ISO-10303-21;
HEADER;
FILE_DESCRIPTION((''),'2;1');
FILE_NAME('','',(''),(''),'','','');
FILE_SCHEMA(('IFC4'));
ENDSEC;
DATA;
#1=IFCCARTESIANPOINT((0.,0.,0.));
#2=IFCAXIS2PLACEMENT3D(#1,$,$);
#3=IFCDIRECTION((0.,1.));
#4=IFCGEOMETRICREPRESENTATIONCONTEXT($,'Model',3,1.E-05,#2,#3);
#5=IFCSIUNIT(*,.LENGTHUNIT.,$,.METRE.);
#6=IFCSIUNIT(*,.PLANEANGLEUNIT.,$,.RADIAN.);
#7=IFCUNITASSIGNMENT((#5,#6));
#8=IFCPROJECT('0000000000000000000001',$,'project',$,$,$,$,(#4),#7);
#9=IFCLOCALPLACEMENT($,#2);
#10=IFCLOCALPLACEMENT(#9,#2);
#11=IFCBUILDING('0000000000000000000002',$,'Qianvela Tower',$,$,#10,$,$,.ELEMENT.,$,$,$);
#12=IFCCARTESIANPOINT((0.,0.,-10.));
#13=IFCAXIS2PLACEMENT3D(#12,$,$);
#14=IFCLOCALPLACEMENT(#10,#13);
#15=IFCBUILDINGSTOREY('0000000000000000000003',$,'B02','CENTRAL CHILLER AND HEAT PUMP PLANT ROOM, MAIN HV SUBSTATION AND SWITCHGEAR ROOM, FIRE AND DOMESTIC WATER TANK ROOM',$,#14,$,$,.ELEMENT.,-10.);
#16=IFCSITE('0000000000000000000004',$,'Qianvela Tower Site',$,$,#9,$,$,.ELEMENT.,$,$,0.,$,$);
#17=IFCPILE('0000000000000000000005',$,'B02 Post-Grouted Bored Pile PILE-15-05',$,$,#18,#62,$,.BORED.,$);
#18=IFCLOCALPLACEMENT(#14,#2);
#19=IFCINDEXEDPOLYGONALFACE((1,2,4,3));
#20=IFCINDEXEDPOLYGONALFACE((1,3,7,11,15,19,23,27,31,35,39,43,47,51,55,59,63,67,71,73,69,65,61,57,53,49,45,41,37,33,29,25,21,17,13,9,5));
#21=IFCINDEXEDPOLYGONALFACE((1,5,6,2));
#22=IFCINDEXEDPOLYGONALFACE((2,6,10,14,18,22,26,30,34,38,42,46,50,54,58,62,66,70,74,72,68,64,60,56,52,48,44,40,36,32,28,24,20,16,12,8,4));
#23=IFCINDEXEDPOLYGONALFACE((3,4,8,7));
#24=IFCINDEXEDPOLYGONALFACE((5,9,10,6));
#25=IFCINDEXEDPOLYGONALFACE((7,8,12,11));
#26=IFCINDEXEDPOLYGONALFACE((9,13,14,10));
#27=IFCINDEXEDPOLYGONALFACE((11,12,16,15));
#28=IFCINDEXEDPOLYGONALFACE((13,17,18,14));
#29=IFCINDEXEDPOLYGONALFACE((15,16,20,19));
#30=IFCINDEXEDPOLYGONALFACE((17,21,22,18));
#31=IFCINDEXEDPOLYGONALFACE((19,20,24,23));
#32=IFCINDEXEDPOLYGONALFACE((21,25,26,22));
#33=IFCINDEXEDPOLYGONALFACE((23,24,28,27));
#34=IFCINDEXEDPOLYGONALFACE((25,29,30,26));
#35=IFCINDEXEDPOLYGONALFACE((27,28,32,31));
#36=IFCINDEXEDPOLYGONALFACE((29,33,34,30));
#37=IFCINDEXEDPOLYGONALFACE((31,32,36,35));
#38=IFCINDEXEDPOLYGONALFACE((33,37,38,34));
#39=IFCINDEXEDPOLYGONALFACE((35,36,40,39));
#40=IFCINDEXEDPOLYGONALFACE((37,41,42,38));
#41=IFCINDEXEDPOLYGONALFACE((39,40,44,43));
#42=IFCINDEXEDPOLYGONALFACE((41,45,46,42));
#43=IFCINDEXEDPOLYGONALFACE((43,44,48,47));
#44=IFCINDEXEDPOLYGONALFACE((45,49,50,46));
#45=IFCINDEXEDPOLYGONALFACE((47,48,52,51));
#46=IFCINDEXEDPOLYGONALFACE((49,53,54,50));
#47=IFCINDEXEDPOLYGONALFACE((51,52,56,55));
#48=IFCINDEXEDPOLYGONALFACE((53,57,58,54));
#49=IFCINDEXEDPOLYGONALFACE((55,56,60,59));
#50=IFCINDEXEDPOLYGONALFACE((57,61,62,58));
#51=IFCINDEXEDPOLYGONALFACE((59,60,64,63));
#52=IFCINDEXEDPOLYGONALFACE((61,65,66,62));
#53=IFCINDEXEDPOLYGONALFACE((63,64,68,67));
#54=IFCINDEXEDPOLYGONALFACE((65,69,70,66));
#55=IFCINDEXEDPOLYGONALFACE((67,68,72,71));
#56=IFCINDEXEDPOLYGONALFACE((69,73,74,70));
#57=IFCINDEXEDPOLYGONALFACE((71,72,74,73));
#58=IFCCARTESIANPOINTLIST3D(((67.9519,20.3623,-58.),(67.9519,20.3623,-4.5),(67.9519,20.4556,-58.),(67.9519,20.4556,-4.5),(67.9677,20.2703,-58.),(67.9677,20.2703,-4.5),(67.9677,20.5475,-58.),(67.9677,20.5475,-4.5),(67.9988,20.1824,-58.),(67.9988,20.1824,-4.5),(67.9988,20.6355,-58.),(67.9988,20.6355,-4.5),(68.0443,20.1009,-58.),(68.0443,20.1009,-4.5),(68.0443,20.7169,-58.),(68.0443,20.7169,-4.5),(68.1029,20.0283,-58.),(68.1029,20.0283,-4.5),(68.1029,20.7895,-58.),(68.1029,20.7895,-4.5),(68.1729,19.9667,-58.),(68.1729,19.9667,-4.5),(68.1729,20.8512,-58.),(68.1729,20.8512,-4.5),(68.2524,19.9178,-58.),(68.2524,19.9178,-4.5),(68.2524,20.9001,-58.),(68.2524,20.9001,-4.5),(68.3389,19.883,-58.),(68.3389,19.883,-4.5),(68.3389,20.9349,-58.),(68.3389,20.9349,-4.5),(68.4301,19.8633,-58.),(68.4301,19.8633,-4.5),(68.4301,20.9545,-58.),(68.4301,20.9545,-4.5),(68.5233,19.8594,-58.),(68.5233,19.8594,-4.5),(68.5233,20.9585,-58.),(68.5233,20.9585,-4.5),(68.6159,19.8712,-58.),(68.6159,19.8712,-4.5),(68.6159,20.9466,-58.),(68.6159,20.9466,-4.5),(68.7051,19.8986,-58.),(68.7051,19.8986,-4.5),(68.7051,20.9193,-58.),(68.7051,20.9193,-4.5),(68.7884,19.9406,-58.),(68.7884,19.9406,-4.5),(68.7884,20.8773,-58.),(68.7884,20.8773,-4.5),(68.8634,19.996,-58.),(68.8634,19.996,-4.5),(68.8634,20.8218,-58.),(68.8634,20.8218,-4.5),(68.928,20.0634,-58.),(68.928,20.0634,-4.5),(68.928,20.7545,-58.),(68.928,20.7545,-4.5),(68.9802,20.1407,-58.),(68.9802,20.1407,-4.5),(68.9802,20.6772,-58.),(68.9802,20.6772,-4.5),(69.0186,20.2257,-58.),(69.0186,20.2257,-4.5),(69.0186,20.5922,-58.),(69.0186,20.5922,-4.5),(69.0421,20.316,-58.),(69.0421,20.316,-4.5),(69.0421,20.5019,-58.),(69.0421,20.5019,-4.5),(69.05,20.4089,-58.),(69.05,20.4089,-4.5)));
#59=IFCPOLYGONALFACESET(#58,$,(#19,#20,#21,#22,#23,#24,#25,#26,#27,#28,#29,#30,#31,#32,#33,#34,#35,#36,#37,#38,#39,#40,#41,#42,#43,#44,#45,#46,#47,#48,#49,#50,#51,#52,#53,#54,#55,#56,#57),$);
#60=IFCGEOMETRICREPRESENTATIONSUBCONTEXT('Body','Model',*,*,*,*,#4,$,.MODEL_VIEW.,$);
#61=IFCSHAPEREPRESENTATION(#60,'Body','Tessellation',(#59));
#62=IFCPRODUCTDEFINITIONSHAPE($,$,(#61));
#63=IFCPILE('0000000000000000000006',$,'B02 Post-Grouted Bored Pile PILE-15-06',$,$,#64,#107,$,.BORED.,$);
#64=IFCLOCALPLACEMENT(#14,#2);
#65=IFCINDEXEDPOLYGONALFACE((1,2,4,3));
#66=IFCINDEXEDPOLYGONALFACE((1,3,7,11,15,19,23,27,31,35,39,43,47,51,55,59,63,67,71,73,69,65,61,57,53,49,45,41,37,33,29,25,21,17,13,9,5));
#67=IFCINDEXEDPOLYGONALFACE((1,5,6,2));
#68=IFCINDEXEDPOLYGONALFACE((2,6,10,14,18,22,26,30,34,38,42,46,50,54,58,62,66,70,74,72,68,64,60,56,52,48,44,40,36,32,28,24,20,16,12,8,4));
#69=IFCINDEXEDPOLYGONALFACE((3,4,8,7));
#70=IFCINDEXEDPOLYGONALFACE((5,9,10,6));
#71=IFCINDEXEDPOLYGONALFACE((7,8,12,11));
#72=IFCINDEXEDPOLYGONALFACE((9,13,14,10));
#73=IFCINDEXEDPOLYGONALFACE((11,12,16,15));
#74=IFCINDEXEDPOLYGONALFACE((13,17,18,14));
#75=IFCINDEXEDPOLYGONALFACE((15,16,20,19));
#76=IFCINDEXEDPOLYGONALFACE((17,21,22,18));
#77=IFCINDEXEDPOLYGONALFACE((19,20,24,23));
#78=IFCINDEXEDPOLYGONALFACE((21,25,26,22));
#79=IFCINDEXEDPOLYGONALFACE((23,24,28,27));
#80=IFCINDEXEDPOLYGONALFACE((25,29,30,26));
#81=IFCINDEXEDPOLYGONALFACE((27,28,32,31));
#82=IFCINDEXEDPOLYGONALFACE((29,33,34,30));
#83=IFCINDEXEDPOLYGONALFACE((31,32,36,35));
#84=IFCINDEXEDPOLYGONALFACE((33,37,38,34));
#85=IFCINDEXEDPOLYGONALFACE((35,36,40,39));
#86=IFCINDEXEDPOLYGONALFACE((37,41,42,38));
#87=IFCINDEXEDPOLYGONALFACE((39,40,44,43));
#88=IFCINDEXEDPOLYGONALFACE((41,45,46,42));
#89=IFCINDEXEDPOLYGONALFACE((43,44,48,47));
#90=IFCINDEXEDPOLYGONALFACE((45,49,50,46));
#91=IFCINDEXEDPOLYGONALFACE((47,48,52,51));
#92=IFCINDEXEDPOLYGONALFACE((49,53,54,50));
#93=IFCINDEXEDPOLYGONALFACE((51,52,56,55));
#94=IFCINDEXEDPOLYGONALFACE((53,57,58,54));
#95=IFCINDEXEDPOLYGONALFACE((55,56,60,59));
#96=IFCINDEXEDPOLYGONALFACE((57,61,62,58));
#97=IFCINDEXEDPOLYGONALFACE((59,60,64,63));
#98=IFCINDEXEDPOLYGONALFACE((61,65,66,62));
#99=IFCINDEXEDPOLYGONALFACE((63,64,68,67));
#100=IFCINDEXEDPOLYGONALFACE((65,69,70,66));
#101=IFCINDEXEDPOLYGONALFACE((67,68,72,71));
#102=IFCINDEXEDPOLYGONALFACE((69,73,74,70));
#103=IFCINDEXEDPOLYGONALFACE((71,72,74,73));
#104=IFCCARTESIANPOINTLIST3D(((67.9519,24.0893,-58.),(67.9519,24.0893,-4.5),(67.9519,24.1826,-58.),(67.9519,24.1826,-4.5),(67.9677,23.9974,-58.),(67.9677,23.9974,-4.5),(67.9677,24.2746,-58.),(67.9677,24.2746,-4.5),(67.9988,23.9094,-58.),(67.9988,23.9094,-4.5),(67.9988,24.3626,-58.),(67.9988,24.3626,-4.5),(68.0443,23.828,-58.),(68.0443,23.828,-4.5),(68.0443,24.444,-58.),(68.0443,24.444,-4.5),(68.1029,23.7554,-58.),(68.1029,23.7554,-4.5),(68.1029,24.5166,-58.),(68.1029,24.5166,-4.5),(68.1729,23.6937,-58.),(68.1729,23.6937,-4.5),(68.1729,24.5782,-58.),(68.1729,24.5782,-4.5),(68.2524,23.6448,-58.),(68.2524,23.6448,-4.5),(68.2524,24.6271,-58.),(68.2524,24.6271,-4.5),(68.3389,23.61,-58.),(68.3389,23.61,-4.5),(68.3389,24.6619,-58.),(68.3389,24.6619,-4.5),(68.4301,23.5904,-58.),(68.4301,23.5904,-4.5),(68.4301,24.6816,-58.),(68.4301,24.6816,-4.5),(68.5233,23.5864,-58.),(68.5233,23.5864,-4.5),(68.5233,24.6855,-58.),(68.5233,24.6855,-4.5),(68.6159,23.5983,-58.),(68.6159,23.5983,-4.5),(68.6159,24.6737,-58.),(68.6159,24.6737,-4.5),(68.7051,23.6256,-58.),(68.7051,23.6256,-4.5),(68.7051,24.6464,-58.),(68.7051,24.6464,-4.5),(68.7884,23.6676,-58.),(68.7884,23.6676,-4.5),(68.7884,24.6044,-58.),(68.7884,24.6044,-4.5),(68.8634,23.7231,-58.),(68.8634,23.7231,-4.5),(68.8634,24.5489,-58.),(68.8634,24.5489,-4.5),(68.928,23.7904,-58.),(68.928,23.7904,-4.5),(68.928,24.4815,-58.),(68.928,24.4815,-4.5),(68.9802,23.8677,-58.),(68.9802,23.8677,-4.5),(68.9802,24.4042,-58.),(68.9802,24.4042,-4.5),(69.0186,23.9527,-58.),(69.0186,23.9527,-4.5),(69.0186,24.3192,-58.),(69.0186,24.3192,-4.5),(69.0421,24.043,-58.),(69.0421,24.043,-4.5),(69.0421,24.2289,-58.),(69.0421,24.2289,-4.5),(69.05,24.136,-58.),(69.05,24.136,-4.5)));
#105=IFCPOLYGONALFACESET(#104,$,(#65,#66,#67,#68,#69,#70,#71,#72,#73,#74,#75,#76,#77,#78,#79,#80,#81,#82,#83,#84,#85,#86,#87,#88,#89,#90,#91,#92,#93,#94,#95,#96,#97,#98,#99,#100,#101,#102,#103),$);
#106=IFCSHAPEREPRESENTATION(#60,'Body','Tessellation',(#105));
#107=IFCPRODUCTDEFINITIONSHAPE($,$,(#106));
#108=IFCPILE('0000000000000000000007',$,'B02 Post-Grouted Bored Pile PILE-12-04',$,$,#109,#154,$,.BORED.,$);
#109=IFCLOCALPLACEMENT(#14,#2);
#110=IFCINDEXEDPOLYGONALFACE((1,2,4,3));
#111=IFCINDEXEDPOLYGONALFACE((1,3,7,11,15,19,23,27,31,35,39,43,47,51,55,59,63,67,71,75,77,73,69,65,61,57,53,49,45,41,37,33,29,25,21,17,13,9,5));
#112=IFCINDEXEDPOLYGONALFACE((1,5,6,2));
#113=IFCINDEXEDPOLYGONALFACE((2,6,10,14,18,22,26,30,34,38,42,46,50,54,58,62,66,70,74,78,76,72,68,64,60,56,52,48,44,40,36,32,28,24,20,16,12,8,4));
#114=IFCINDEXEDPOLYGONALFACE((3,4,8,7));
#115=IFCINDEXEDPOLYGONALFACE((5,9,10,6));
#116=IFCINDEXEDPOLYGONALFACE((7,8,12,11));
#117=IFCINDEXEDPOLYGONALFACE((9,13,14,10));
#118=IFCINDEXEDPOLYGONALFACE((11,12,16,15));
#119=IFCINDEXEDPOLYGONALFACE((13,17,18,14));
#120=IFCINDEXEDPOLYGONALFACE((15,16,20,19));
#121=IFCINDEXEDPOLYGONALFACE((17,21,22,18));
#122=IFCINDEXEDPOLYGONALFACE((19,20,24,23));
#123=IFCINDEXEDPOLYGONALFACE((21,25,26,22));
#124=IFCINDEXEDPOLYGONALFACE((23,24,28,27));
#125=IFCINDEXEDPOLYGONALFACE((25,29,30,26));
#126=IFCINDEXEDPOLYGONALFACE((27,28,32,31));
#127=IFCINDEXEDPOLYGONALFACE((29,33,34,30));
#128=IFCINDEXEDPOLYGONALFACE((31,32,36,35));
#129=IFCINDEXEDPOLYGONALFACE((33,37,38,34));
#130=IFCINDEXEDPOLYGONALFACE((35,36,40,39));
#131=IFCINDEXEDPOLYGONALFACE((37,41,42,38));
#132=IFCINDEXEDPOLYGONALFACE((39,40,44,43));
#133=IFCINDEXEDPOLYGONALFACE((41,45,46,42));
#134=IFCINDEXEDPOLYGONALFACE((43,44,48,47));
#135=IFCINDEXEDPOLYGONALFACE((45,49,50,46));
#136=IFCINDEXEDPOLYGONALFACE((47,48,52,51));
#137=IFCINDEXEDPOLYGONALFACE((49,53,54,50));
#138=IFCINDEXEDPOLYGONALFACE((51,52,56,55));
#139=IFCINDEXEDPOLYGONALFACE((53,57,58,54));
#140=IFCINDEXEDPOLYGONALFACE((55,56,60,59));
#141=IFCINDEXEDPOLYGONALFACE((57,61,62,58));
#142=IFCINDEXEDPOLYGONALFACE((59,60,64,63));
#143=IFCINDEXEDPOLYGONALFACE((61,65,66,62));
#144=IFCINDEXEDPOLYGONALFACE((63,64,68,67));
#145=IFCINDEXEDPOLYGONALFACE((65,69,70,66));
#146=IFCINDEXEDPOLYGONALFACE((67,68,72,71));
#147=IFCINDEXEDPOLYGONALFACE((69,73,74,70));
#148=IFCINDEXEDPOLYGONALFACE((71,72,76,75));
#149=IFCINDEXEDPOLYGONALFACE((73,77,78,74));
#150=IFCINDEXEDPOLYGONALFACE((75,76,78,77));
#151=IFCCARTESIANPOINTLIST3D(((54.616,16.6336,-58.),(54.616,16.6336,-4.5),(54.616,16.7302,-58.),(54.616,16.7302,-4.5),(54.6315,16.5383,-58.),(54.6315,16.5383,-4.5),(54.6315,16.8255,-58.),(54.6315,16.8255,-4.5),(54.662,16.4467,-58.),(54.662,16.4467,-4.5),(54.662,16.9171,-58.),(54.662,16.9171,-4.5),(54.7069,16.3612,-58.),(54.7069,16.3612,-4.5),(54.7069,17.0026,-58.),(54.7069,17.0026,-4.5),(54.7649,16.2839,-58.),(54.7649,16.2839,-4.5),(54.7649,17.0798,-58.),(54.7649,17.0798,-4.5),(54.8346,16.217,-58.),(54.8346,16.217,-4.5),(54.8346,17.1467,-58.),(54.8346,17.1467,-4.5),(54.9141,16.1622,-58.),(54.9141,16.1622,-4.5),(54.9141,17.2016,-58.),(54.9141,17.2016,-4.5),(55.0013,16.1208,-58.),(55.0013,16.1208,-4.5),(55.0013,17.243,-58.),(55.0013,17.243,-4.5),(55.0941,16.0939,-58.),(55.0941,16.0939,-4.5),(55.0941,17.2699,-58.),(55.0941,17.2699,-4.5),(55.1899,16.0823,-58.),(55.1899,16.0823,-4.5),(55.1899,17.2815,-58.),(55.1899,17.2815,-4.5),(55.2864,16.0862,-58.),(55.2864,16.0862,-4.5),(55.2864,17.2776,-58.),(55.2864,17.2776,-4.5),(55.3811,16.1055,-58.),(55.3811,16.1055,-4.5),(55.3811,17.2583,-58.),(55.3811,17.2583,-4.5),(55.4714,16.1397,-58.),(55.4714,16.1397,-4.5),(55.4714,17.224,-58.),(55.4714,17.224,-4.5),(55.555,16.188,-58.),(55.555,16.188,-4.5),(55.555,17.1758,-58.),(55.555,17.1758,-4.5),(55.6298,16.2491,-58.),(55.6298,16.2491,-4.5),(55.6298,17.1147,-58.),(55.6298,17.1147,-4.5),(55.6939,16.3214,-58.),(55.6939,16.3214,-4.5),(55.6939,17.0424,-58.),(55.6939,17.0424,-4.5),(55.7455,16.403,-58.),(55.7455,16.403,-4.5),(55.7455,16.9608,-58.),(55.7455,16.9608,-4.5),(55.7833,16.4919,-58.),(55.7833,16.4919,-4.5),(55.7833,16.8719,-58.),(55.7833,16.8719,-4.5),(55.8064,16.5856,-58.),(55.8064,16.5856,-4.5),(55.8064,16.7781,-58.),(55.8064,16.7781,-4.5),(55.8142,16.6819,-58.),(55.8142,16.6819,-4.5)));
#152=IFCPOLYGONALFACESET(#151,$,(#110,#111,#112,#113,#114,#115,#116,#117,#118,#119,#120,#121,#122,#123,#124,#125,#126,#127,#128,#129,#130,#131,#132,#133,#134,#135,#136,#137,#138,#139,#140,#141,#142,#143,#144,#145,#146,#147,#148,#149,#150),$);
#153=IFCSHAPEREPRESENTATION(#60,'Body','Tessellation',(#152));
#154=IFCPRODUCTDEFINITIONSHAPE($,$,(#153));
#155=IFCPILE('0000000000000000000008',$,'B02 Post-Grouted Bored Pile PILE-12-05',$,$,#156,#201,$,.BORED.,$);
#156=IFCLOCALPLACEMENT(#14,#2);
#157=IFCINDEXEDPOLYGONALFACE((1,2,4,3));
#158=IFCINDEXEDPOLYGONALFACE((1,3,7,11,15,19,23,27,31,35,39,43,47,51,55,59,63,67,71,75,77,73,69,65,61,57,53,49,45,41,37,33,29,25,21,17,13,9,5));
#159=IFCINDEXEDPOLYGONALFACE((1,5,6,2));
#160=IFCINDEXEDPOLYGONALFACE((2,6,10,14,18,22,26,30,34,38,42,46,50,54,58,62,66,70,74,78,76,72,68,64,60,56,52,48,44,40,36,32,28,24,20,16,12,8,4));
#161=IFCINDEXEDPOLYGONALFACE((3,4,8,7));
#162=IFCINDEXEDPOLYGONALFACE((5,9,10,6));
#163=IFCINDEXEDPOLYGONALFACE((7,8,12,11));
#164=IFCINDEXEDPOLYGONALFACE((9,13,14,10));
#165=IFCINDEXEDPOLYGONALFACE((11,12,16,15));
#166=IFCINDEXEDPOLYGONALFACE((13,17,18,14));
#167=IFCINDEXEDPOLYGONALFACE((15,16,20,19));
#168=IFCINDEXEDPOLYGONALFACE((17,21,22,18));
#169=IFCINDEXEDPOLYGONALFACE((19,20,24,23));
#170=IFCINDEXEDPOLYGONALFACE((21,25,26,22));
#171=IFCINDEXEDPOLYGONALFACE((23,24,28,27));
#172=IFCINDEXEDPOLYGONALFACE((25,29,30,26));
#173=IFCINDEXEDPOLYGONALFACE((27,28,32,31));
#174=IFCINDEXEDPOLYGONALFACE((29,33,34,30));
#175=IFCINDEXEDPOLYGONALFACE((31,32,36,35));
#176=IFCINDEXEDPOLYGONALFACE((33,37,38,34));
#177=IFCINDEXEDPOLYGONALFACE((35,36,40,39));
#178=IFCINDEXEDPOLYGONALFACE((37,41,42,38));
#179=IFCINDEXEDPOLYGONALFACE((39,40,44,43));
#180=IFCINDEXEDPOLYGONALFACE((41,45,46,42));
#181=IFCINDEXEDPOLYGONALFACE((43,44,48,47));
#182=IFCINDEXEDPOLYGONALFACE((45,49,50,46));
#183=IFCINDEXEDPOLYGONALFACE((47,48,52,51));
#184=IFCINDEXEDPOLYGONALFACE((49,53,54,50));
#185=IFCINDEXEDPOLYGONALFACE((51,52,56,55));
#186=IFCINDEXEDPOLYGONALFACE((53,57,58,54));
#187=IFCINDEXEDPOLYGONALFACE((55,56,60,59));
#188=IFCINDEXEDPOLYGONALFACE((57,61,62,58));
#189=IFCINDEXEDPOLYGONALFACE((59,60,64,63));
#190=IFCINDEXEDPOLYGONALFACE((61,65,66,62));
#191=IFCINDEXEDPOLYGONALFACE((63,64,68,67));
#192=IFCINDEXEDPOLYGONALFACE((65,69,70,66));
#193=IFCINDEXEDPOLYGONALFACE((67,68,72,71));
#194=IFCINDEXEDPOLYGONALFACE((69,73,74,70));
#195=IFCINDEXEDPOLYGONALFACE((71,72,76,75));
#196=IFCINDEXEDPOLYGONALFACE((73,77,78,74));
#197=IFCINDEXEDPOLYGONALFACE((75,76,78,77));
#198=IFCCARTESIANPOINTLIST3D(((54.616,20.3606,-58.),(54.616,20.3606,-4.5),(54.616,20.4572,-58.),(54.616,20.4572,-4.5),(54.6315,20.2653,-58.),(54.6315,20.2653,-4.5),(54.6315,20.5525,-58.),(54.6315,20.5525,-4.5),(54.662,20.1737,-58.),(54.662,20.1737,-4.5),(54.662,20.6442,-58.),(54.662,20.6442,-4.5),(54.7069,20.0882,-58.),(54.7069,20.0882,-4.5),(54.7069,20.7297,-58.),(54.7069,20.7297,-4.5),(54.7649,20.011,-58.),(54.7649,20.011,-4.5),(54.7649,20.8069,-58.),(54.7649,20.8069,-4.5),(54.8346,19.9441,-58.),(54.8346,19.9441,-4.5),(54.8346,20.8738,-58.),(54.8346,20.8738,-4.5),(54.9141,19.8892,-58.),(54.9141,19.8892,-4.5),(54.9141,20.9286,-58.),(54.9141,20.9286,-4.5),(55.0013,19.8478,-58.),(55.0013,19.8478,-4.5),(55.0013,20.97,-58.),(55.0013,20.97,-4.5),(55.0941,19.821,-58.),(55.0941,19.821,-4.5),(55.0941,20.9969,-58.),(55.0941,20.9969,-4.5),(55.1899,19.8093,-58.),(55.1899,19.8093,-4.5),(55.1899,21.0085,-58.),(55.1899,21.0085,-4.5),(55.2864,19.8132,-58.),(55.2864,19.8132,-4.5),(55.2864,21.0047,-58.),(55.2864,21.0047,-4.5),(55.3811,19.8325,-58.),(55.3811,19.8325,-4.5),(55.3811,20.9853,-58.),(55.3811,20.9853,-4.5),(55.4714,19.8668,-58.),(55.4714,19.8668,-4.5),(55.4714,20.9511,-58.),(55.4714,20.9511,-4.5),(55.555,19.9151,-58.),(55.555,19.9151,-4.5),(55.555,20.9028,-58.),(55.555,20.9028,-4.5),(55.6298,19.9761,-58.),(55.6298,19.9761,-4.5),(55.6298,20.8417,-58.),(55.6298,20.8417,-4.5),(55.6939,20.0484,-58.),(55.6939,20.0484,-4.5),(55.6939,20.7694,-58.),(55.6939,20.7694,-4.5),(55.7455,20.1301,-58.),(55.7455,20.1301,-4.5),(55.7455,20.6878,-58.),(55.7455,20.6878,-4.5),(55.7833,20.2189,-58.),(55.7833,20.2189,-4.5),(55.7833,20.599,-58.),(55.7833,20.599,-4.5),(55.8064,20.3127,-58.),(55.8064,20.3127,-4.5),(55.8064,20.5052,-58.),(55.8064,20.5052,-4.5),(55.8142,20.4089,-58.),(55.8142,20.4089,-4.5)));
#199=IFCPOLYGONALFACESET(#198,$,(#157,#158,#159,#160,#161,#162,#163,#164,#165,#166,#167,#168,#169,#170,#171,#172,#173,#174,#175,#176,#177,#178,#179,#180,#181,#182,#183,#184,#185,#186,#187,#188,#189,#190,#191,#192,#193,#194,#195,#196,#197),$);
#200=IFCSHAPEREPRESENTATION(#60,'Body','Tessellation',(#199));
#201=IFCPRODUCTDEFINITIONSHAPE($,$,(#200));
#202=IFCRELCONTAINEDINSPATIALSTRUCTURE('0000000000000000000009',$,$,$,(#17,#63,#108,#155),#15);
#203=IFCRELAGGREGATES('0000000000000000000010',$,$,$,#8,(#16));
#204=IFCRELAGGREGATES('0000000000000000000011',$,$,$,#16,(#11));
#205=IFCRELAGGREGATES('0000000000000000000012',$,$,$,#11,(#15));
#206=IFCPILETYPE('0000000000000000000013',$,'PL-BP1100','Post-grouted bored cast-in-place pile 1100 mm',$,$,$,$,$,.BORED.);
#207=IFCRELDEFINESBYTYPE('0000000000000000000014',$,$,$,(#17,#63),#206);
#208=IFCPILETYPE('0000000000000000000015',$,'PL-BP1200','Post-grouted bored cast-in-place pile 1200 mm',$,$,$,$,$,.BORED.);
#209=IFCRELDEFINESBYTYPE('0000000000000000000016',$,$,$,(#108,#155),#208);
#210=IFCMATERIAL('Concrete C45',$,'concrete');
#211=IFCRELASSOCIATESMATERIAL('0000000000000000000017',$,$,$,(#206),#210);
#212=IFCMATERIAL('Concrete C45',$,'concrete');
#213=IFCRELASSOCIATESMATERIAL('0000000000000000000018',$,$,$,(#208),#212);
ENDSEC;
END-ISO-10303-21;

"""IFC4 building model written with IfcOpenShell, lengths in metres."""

from ifc_helpers import new_model, si_unit, direction, frame, origin, origin_2d, place, context, subcontext, project, spatial, circle, extrude, material, material_profile, profile_set, type_object, element, save


model = new_model("IFC4")

# Units and contexts
model_context = context("Model", 3, precision=1e-05, world=origin(), true_north=direction((0.0, 1.0)))
body_context = subcontext(model_context, "Body", "Model", "MODEL_VIEW")
ifc_project = project(units=[si_unit("LENGTHUNIT", "METRE"), si_unit("PLANEANGLEUNIT", "RADIAN")], contexts=[model_context])

# Site, building, storey
site_placement = place(None, origin())
site = spatial("IfcSite", under=ifc_project, at=site_placement, Name="Qianvela Tower Site", CompositionType="ELEMENT", RefElevation=0.0)
building_placement = place(site_placement, origin())
building = spatial("IfcBuilding", under=site, at=building_placement, Name="Qianvela Tower", CompositionType="ELEMENT")
storey_placement = place(building_placement, frame((0.0, 0.0, -10.0)))
storey = spatial("IfcBuildingStorey", under=building, at=storey_placement, Name="B02", Description="CENTRAL CHILLER AND HEAT PUMP PLANT ROOM, MAIN HV SUBSTATION AND SWITCHGEAR ROOM, FIRE AND DOMESTIC WATER TANK ROOM", CompositionType="ELEMENT", Elevation=-10.0)

# Piles
ifc_material_1 = material(Name="Concrete C45", Category="concrete")
ifc_material_profile_1 = material_profile(ifc_material_1, circle(Radius=0.55, at=origin_2d()), Name="BP-1100")
ifc_profile_set_1 = profile_set([ifc_material_profile_1], Name="Concrete C45")
pile_type_1 = type_object("IfcPileType", Name="PL-BP1100", Description="Post-grouted bored cast-in-place pile 1100 mm", PredefinedType="BORED", material=ifc_profile_set_1)
for number, where, z_axis, x_axis, name in (
    (1, (68.5, 20.4089, -4.5), (0.0, 0.0, -1.0), (1.0, 0.0, 0.0), "B02 Post-Grouted Bored Pile PILE-15-05"),
    (2, (68.5, 24.136, -4.5), (0.0, 0.0, -1.0), (1.0, 0.0, 0.0), "B02 Post-Grouted Bored Pile PILE-15-06"),
):
    element("IfcPile", number, at=place(storey_placement, frame(where, z_axis=z_axis, x_axis=x_axis)), inside=storey, type_object=pile_type_1, Name=name, PredefinedType="BORED", context=body_context, shape_type="SweptSolid", body=[
        extrude(circle(Radius=0.55, at=origin_2d()), origin(), (0.0, 0.0, 1.0), 53.5),
    ])
ifc_material_2 = material(Name="Concrete C45", Category="concrete")
ifc_material_profile_2 = material_profile(ifc_material_2, circle(Radius=0.6001, at=origin_2d()), Name="BP-1200")
ifc_profile_set_2 = profile_set([ifc_material_profile_2], Name="Concrete C45")
pile_type_2 = type_object("IfcPileType", Name="PL-BP1200", Description="Post-grouted bored cast-in-place pile 1200 mm", PredefinedType="BORED", material=ifc_profile_set_2)
for number, where, z_axis, x_axis, name in (
    (3, (55.2141, 16.6819, -4.5), (0.0, 0.0, -1.0), (1.0, 0.0, 0.0), "B02 Post-Grouted Bored Pile PILE-12-04"),
    (4, (55.2141, 20.4089, -4.5), (0.0, 0.0, -1.0), (1.0, 0.0, 0.0), "B02 Post-Grouted Bored Pile PILE-12-05"),
):
    element("IfcPile", number, at=place(storey_placement, frame(where, z_axis=z_axis, x_axis=x_axis)), inside=storey, type_object=pile_type_2, Name=name, PredefinedType="BORED", context=body_context, shape_type="SweptSolid", body=[
        extrude(circle(Radius=0.6001, at=origin_2d()), origin(), (0.0, 0.0, 1.0), 53.5),
    ])

save(model, "model.ifc")
